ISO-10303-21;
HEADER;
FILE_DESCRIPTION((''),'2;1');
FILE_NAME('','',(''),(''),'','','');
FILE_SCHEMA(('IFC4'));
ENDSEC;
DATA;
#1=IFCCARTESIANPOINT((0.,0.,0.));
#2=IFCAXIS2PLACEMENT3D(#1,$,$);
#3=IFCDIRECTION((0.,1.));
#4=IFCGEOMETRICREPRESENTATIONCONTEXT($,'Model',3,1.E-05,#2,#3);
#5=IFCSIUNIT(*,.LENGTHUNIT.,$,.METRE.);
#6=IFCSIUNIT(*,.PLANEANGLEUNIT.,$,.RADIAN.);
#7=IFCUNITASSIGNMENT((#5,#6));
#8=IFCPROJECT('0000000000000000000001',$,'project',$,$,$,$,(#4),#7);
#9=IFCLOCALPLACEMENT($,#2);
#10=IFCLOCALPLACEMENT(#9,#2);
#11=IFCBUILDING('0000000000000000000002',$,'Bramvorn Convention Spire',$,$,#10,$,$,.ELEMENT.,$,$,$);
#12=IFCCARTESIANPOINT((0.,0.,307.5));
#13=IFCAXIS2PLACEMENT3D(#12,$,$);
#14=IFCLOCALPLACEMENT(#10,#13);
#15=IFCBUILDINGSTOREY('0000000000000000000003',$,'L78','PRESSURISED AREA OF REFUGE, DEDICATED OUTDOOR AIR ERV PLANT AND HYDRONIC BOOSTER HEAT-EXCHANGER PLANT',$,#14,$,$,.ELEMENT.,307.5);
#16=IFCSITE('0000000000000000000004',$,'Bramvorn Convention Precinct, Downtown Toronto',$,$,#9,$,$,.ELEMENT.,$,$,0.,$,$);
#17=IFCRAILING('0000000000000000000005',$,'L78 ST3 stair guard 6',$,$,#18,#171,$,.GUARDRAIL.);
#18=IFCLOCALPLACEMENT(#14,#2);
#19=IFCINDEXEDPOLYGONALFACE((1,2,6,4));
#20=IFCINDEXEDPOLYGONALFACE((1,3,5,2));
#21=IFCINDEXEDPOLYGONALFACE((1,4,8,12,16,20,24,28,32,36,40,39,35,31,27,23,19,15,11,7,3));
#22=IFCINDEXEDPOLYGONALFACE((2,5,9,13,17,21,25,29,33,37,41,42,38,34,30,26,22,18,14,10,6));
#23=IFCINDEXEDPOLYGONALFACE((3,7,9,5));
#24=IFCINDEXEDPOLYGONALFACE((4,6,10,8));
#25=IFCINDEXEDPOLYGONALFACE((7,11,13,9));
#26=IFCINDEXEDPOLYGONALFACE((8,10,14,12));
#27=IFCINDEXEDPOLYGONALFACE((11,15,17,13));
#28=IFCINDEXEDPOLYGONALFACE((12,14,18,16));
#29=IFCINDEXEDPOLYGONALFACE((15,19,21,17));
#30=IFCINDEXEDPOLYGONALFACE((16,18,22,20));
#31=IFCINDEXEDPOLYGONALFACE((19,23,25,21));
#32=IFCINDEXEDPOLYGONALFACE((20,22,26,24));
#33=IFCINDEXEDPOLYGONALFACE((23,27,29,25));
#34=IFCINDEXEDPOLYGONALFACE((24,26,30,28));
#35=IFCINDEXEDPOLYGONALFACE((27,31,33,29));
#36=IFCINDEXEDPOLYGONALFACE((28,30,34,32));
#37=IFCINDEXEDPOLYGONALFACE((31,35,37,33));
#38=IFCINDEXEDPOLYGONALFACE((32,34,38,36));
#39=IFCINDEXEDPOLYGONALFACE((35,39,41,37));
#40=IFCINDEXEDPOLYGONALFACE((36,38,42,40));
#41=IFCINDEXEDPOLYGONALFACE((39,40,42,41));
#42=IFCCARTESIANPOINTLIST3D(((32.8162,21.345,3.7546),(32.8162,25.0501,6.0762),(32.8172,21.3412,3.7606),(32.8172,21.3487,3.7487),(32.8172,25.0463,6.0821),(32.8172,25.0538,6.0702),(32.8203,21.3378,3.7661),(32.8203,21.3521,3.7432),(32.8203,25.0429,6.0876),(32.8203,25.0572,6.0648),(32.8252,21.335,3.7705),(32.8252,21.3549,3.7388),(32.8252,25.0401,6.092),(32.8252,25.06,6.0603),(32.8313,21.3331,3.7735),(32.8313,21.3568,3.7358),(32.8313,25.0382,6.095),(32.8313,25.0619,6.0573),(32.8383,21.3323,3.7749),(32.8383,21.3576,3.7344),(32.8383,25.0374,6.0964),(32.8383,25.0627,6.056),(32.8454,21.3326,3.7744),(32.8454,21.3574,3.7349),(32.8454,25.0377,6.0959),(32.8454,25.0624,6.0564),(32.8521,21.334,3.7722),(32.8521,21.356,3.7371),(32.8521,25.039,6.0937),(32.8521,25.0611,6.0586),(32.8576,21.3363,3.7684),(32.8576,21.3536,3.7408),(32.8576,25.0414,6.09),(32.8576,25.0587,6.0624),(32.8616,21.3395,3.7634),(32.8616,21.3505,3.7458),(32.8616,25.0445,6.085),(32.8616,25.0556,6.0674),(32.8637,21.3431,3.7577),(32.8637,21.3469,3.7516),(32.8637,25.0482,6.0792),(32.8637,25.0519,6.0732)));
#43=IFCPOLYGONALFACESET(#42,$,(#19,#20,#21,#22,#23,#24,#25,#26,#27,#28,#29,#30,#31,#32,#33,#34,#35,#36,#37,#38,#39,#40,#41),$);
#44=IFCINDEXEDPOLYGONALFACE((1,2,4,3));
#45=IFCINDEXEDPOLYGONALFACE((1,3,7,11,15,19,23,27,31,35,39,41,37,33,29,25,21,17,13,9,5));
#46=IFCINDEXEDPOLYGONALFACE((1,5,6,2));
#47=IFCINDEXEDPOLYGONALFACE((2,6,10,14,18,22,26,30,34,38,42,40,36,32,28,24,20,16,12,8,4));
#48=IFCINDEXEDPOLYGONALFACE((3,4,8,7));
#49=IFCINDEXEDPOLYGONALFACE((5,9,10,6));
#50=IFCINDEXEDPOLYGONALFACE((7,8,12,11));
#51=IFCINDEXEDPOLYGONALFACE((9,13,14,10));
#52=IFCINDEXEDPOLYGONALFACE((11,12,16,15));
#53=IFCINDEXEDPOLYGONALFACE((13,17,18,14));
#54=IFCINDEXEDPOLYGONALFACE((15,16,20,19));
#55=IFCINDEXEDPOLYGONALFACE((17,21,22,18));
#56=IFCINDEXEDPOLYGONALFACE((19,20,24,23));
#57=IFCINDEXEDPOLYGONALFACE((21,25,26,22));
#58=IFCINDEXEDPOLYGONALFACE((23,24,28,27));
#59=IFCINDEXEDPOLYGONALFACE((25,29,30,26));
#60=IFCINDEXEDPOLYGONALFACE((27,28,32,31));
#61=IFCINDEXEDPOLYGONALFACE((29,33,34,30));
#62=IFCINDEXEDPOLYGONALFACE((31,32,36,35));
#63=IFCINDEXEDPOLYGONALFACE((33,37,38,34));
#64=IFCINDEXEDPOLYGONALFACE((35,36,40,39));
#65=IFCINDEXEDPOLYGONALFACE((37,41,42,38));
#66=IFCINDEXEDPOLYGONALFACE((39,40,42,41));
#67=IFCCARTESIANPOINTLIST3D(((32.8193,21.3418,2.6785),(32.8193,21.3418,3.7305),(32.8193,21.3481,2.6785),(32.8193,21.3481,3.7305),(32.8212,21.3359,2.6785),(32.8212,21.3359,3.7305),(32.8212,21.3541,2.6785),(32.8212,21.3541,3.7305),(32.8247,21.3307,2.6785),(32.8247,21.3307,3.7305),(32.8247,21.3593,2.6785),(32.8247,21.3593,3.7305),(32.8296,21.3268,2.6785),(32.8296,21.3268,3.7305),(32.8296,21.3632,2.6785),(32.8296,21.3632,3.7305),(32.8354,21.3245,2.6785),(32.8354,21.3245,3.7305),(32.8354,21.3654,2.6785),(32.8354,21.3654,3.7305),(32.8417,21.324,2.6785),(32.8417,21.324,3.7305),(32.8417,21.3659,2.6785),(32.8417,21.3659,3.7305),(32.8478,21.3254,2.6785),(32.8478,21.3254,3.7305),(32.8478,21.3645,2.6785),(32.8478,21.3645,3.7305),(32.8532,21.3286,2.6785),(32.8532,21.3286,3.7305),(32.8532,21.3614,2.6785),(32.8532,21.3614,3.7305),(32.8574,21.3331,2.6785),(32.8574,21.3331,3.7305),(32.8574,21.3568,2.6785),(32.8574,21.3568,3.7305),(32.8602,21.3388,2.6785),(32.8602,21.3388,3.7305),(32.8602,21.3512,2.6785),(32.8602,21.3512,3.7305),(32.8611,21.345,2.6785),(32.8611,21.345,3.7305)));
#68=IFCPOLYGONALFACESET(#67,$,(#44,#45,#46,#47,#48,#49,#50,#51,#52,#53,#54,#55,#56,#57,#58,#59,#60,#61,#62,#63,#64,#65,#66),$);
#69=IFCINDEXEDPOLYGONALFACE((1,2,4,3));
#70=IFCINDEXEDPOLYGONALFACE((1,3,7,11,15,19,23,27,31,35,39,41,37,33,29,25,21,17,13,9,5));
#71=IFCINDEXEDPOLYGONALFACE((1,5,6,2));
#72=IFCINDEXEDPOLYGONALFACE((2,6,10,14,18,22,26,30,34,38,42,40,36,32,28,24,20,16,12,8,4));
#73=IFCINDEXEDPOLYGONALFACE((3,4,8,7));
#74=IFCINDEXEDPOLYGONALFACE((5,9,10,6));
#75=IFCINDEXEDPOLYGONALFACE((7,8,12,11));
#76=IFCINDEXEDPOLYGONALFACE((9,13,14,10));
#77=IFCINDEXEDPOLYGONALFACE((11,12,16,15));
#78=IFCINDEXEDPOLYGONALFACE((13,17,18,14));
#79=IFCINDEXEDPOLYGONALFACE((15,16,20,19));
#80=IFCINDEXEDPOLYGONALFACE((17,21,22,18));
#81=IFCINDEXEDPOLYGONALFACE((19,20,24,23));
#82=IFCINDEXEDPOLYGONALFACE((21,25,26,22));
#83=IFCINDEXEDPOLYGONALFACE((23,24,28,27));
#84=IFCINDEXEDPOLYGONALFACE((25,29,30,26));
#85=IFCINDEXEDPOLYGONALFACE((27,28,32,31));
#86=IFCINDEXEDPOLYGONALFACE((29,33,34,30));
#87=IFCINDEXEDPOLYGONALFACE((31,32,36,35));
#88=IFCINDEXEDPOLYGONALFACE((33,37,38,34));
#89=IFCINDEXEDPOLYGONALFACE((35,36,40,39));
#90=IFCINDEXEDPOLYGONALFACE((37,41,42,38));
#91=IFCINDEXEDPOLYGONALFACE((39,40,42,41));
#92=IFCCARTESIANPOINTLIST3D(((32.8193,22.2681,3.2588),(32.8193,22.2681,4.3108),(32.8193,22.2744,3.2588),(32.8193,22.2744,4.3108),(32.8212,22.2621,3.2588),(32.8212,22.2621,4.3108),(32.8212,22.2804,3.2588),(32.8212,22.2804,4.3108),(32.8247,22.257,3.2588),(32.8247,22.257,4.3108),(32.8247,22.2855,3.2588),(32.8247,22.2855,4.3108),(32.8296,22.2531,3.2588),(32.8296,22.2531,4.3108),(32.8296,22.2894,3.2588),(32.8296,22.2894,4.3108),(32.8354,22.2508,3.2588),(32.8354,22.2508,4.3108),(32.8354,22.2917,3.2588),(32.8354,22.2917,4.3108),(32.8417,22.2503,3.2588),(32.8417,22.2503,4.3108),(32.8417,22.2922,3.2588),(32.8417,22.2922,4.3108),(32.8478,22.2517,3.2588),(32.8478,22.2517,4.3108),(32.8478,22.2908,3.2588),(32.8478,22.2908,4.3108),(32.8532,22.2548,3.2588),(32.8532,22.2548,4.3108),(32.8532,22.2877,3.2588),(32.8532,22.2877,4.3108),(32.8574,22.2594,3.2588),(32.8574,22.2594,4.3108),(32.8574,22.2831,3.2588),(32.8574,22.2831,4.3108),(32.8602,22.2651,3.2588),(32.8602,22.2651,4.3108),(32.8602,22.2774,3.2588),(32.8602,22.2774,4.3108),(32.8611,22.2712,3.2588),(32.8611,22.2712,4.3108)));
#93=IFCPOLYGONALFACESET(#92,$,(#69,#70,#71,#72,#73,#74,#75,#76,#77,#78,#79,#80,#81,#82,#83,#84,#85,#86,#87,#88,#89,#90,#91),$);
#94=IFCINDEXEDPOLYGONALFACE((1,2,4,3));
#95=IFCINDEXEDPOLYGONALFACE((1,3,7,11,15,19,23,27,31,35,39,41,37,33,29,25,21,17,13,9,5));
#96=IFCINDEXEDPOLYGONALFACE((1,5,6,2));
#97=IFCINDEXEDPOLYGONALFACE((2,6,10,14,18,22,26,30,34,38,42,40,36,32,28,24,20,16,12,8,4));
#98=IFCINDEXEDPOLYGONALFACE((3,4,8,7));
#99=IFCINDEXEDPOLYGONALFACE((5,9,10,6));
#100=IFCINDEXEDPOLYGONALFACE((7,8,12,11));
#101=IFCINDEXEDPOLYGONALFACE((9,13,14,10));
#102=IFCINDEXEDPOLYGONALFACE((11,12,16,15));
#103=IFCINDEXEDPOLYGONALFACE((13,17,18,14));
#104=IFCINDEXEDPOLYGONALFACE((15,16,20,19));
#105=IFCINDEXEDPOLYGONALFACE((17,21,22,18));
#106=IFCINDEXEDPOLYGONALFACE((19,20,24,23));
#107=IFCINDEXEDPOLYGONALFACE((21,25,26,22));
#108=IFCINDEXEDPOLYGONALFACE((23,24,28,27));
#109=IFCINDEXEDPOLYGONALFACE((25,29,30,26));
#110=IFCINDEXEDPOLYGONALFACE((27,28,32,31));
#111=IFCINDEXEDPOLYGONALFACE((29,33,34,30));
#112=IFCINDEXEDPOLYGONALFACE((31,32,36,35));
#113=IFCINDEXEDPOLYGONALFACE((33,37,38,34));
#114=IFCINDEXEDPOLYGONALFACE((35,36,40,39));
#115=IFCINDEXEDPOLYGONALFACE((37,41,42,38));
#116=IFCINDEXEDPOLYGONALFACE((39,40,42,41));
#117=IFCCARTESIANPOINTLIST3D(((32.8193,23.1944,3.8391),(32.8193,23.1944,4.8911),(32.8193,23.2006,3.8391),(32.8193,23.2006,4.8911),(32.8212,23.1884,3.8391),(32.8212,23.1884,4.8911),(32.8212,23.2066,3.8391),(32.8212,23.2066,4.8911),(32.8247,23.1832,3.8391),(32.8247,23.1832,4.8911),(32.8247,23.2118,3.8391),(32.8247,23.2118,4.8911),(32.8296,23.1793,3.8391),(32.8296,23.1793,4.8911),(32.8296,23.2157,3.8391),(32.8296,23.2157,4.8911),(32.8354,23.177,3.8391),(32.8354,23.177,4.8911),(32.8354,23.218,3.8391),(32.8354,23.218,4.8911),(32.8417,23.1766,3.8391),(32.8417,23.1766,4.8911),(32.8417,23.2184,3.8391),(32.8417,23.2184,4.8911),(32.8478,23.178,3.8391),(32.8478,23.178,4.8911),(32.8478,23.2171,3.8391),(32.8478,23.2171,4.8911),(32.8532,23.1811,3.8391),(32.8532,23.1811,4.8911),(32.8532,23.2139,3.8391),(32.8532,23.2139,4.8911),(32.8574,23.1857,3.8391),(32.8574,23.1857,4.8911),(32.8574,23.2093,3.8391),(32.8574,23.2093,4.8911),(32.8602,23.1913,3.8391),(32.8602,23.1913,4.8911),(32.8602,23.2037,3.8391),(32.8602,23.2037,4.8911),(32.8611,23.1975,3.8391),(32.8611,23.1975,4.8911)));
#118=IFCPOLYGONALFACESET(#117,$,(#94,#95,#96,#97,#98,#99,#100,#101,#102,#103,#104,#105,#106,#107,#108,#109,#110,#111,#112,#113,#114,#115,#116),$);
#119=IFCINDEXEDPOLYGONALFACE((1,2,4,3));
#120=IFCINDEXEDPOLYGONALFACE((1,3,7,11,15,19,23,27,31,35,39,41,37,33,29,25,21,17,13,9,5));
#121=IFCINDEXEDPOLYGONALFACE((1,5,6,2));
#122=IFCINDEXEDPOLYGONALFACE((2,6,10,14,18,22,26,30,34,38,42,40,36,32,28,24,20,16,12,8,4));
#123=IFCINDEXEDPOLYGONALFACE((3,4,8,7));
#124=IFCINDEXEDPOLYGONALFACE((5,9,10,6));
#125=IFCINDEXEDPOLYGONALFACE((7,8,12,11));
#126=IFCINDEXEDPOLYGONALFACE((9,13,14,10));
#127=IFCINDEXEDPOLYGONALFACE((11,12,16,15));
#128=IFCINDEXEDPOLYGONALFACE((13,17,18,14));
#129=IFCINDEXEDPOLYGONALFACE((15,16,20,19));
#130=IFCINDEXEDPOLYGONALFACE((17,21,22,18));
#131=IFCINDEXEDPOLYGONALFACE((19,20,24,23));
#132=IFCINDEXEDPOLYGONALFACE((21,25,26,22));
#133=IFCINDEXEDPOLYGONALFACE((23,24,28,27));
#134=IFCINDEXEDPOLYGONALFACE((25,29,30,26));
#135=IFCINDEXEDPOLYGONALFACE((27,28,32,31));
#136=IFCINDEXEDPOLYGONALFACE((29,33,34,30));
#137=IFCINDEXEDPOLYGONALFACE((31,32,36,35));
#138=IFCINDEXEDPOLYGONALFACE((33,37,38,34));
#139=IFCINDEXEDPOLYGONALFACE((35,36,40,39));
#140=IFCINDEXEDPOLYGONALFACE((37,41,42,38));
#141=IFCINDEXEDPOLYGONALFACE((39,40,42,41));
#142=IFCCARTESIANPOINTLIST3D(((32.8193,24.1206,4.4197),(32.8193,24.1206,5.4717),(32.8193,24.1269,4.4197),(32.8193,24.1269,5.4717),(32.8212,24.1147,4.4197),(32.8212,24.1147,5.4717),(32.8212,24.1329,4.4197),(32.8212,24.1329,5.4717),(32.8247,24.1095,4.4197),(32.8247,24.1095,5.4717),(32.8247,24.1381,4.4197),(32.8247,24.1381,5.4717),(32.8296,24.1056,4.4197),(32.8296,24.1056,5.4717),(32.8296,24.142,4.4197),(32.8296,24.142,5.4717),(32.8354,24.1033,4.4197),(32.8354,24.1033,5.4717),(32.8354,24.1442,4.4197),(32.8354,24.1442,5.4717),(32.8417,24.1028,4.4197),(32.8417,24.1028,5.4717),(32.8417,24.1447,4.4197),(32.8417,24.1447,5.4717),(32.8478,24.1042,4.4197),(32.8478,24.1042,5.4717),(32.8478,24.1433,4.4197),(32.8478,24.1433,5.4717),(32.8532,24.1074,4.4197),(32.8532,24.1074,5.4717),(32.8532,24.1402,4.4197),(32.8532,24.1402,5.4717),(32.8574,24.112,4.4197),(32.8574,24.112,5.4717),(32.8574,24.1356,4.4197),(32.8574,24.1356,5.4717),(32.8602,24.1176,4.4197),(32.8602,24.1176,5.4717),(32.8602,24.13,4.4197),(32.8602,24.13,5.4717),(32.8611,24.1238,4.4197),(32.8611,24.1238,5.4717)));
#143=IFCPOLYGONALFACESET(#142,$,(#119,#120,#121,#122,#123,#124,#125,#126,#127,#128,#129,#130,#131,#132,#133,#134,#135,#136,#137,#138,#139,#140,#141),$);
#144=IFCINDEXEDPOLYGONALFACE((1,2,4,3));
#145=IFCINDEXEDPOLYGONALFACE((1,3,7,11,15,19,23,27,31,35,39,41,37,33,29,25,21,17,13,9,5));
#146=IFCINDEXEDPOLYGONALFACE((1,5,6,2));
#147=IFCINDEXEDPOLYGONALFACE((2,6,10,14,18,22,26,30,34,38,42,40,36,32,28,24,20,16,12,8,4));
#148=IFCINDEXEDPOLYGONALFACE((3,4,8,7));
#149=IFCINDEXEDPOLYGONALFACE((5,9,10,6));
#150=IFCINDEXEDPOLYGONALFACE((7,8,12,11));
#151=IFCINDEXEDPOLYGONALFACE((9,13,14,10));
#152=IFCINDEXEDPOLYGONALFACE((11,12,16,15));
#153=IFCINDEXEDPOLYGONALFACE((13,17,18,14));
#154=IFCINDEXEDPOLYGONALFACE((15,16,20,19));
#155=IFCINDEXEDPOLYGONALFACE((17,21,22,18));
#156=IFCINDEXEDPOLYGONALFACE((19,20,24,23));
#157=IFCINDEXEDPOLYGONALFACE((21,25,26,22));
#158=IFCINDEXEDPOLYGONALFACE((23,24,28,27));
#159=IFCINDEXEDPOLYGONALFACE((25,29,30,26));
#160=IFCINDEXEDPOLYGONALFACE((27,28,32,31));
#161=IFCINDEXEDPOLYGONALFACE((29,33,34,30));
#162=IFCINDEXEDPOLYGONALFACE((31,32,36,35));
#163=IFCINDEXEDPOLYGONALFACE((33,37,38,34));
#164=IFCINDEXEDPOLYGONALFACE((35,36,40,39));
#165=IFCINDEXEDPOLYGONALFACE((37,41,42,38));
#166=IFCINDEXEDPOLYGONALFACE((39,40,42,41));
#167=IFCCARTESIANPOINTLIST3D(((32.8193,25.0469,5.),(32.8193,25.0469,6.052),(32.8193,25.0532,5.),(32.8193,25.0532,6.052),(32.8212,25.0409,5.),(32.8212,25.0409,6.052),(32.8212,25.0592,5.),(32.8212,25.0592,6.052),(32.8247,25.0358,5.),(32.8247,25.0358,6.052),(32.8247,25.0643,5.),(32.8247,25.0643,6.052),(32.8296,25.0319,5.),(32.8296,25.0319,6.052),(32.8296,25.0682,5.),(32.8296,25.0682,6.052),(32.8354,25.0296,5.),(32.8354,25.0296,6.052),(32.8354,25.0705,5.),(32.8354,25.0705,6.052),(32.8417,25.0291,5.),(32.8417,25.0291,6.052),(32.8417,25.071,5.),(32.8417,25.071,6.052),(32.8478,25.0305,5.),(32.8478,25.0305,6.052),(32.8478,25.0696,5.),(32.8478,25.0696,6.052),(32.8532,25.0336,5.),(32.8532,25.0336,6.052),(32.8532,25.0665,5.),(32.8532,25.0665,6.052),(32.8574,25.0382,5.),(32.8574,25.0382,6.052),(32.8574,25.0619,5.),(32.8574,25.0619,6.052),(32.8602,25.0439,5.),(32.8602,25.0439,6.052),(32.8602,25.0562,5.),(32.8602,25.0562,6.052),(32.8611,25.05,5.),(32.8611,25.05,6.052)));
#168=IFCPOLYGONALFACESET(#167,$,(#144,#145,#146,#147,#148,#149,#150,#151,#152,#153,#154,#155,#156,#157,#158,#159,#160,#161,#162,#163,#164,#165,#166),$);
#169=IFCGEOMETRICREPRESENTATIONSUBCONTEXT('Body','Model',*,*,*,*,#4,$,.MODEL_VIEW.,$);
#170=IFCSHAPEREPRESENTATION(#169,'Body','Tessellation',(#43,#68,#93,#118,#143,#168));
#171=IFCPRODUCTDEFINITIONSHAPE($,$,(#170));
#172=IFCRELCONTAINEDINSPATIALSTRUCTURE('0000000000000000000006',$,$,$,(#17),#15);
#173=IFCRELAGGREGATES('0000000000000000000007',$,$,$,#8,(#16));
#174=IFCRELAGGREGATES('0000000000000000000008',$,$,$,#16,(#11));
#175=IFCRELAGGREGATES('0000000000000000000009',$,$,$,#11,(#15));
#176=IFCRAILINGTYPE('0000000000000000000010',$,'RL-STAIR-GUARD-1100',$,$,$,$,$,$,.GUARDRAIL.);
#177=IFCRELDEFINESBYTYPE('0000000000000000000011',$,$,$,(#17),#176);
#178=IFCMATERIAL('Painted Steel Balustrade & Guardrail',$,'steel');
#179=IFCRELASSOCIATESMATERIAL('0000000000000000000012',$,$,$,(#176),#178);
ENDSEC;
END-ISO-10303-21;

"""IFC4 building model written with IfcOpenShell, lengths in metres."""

from ifc_helpers import new_model, si_unit, direction, frame, origin, origin_2d, place, context, subcontext, project, spatial, circle, extrude, material, type_object, element, save


model = new_model("IFC4")

# Units and contexts
model_context = context("Model", 3, precision=1e-05, world=origin(), true_north=direction((0.0, 1.0)))
body_context = subcontext(model_context, "Body", "Model", "MODEL_VIEW")
ifc_project = project(units=[si_unit("LENGTHUNIT", "METRE"), si_unit("PLANEANGLEUNIT", "RADIAN")], contexts=[model_context])

# Site, building, storey
site_placement = place(None, origin())
site = spatial("IfcSite", under=ifc_project, at=site_placement, Name="Bramvorn Convention Precinct, Downtown Toronto", CompositionType="ELEMENT", RefElevation=0.0)
building_placement = place(site_placement, origin())
building = spatial("IfcBuilding", under=site, at=building_placement, Name="Bramvorn Convention Spire", CompositionType="ELEMENT")
storey_placement = place(building_placement, frame((0.0, 0.0, 307.5)))
storey = spatial("IfcBuildingStorey", under=building, at=storey_placement, Name="L78", Description="PRESSURISED AREA OF REFUGE, DEDICATED OUTDOOR AIR ERV PLANT AND HYDRONIC BOOSTER HEAT-EXCHANGER PLANT", CompositionType="ELEMENT", Elevation=307.5)

# Railing
ifc_material_1 = material(Name="Painted Steel Balustrade & Guardrail", Category="steel")
railing_type_1 = type_object("IfcRailingType", Name="RL-STAIR-GUARD-1100", PredefinedType="GUARDRAIL", material=ifc_material_1)
railing_1_placement = place(storey_placement, frame((32.8401, 21.345, 2.6785)))
element("IfcRailing", 1, at=railing_1_placement, inside=storey, type_object=railing_type_1, Name="L78 ST3 stair guard 6", PredefinedType="GUARDRAIL", context=body_context, shape_type="SweptSolid", body=[
    extrude(circle(Radius=0.0239, at=origin_2d()), frame((0.0, 0.0, 1.0762), z_axis=(0.0, 0.847395, 0.530962), x_axis=(-1.0, 0.0, 0.0)), (0.0, 0.0, 1.0), 4.3723),
    extrude(circle(Radius=0.021, at=origin_2d()), origin(), (0.0, 0.0, 1.0), 1.052),
    extrude(circle(Radius=0.021, at=origin_2d()), frame((0.0, 0.9263, 0.5803)), (0.0, 0.0, 1.0), 1.052),
    extrude(circle(Radius=0.021, at=origin_2d()), frame((0.0, 1.8525, 1.1606)), (0.0, 0.0, 1.0), 1.052),
    extrude(circle(Radius=0.021, at=origin_2d()), frame((0.0, 2.7788, 1.7412)), (0.0, 0.0, 1.0), 1.052),
    extrude(circle(Radius=0.021, at=origin_2d()), frame((0.0, 3.7051, 2.3215)), (0.0, 0.0, 1.0), 1.052),
])

save(model, "model.ifc")
